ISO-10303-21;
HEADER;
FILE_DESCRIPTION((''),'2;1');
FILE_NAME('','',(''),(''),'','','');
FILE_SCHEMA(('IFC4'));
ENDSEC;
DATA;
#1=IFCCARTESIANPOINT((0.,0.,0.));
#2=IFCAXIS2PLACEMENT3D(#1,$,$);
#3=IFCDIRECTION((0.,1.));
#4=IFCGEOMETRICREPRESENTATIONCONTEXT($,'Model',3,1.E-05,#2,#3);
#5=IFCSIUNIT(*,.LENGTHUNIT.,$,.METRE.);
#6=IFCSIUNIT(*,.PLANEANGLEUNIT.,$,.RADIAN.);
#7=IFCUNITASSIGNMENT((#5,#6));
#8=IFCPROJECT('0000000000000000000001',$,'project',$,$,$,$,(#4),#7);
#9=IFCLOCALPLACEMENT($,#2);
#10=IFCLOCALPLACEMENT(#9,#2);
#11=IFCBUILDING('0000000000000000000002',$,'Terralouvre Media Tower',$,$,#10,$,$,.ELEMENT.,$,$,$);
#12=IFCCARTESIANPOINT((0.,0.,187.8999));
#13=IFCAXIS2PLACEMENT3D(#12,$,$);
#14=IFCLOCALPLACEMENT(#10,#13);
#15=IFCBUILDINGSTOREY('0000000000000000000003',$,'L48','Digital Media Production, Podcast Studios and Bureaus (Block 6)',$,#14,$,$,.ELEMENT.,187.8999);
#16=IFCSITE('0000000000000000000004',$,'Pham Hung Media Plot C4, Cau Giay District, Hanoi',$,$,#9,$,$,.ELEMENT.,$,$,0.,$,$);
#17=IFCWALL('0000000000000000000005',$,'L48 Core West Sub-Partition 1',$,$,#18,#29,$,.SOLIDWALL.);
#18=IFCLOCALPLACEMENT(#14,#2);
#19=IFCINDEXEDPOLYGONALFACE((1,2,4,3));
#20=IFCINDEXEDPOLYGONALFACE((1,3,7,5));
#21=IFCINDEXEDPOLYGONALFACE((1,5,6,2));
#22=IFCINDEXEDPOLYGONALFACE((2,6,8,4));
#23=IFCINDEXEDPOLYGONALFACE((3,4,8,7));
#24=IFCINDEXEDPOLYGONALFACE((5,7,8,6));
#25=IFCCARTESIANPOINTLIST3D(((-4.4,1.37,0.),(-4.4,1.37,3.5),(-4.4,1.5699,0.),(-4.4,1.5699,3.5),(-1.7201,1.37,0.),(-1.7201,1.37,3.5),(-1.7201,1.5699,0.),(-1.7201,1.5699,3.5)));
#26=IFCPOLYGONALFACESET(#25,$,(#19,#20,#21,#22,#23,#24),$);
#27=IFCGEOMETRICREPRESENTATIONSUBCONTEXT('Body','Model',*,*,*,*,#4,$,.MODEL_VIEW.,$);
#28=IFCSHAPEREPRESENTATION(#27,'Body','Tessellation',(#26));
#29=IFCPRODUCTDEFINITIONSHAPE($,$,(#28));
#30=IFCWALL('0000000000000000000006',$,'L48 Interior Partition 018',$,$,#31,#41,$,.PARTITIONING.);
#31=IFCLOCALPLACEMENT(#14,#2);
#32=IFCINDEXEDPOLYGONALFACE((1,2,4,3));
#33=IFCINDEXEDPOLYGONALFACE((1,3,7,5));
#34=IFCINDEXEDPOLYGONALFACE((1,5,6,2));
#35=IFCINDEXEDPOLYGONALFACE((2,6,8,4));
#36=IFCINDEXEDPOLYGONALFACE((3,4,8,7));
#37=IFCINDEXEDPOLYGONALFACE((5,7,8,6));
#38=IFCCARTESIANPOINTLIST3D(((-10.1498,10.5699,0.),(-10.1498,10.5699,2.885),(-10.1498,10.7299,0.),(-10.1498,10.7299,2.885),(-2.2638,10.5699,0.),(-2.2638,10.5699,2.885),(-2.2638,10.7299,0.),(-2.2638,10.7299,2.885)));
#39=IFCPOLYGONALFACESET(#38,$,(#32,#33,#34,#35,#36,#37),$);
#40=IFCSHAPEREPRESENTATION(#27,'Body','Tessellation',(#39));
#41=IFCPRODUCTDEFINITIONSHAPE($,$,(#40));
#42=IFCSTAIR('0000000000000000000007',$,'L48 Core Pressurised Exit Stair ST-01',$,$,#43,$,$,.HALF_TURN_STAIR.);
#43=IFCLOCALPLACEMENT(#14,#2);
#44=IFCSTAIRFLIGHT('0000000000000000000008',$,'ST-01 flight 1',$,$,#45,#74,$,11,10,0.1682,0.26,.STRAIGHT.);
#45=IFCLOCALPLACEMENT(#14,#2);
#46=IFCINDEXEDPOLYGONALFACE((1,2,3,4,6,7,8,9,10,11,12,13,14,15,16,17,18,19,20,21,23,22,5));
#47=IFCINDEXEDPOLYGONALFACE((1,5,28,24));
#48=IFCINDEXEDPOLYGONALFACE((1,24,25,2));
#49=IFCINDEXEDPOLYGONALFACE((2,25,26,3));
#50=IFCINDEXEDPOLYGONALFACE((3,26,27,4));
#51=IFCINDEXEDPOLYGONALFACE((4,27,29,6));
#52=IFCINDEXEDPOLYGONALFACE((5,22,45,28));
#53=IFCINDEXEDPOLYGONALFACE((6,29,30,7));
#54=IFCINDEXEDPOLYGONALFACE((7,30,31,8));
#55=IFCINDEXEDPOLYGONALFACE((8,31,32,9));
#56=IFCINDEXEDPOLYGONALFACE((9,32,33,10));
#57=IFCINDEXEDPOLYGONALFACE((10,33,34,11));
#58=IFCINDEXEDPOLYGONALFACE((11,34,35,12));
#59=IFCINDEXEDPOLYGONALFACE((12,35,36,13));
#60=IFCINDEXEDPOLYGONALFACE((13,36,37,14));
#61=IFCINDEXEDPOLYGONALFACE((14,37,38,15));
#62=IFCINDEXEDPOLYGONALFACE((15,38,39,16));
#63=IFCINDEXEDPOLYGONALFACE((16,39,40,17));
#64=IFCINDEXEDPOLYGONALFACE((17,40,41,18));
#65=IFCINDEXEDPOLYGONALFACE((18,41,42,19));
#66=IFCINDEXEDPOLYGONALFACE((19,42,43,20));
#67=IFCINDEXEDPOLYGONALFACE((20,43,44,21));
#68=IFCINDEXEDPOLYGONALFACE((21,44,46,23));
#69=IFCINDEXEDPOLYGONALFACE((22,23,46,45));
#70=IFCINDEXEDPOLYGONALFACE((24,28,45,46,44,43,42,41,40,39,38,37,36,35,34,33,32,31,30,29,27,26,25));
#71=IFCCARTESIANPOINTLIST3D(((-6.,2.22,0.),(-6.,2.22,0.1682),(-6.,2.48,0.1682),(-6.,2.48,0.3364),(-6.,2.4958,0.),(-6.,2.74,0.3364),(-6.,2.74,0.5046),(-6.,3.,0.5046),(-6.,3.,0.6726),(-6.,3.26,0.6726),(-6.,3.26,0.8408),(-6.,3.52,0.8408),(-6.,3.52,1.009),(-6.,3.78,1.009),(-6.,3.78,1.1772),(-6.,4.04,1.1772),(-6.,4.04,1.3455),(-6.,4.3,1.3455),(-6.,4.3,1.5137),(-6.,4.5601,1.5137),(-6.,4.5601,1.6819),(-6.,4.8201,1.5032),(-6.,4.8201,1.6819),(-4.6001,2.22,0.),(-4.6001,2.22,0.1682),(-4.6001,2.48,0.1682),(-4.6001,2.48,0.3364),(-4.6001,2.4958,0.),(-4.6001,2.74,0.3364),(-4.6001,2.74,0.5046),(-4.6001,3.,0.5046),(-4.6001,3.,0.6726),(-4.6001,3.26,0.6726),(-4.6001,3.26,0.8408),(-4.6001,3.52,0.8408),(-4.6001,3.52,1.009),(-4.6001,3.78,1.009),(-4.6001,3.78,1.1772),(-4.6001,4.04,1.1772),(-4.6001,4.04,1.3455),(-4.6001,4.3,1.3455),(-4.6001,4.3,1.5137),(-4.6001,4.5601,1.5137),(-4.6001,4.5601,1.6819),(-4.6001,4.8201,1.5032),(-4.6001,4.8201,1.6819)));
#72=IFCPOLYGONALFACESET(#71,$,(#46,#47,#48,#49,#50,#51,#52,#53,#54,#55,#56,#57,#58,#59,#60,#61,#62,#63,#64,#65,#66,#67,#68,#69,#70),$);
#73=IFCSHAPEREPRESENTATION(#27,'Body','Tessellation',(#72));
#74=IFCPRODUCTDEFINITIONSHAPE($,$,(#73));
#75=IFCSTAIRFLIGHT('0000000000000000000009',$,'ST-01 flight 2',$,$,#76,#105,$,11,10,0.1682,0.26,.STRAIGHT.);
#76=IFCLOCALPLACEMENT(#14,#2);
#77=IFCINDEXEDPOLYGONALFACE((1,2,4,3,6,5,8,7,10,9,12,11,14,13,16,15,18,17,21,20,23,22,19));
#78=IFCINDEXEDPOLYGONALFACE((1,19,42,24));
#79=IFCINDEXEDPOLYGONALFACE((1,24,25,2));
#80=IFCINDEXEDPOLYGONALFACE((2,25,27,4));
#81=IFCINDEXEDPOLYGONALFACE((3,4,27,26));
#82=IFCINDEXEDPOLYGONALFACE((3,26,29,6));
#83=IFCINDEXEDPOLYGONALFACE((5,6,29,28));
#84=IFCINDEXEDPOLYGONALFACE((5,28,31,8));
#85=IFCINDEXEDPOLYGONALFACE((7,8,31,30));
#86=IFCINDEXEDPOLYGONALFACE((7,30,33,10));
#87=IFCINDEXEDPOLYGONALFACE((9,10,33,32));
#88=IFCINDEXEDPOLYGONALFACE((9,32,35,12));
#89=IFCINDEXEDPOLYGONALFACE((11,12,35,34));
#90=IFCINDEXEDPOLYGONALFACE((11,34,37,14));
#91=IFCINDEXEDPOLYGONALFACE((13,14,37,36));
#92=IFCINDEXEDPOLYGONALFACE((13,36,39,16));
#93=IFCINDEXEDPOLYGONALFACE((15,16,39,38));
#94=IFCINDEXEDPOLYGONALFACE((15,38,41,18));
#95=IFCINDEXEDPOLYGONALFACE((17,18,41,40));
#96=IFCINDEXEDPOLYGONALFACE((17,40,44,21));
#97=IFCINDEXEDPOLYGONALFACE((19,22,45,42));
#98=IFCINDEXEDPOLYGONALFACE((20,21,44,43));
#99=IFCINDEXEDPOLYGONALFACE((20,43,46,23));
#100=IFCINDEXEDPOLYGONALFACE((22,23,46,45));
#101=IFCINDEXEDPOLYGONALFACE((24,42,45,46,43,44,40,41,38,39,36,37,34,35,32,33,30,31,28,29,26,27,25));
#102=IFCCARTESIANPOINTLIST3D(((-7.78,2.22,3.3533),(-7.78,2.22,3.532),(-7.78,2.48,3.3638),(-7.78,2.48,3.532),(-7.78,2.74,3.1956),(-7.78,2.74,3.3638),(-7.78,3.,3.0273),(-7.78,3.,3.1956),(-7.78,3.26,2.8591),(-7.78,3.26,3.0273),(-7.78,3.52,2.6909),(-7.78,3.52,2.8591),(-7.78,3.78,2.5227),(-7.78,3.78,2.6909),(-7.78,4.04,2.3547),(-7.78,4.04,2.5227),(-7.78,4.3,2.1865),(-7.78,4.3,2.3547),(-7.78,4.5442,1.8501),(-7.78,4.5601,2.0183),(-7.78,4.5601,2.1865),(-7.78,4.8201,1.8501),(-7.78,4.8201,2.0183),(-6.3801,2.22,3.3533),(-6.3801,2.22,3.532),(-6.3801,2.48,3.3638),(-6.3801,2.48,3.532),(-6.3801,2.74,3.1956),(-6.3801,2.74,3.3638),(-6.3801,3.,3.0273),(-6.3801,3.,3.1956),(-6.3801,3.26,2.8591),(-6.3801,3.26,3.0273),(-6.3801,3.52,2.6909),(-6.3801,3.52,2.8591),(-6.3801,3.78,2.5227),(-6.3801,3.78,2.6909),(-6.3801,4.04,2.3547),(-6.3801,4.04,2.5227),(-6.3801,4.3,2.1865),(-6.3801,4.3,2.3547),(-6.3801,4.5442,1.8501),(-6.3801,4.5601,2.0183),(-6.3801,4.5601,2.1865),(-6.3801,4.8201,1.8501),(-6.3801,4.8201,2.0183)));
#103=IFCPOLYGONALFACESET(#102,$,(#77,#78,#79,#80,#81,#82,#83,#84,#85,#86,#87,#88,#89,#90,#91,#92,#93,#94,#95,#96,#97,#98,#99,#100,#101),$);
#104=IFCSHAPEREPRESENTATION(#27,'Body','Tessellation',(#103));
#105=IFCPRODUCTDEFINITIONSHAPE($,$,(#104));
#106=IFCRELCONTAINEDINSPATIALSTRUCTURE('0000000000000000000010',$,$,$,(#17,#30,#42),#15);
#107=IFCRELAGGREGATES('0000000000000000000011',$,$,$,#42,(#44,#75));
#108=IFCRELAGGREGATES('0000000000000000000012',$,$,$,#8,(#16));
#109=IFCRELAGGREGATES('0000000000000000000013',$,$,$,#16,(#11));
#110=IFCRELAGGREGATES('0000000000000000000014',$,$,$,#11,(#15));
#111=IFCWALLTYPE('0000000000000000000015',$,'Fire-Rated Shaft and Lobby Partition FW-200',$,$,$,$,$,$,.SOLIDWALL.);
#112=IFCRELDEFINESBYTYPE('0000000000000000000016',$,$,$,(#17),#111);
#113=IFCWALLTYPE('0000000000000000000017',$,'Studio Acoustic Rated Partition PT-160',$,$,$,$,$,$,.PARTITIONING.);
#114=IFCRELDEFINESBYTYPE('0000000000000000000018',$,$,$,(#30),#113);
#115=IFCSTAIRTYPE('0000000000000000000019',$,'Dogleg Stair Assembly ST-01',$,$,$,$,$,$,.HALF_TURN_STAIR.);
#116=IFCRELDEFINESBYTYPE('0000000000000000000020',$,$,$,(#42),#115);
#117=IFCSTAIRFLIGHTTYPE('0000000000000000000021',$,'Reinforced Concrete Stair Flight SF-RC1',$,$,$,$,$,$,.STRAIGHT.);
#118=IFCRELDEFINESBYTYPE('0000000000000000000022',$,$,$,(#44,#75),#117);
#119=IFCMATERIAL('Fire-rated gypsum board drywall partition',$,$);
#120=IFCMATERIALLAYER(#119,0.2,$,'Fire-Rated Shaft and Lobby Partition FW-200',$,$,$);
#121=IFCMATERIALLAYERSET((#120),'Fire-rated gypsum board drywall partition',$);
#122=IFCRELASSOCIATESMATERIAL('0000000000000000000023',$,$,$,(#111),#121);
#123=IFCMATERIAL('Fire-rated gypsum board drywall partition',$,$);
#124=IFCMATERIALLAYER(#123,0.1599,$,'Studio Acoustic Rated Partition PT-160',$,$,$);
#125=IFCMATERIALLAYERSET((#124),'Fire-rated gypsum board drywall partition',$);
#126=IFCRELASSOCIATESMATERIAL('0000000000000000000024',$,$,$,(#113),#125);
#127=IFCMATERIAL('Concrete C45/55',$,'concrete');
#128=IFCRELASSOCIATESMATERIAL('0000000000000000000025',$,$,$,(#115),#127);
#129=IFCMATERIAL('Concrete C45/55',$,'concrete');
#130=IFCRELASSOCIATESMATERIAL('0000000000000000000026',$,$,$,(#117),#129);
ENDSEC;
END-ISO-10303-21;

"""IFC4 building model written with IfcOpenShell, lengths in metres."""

from ifc_helpers import new_model, si_unit, direction, frame, frame_2d, origin, place, context, subcontext, project, spatial, polyline, rectangle, outline, extrude, material, layer, layer_set, type_object, element, aggregate, save


model = new_model("IFC4")

# Units and contexts
model_context = context("Model", 3, precision=1e-05, world=origin(), true_north=direction((0.0, 1.0)))
body_context = subcontext(model_context, "Body", "Model", "MODEL_VIEW")
ifc_project = project(units=[si_unit("LENGTHUNIT", "METRE"), si_unit("PLANEANGLEUNIT", "RADIAN")], contexts=[model_context])

# Site, building, storey
site_placement = place(None, origin())
site = spatial("IfcSite", under=ifc_project, at=site_placement, Name="Pham Hung Media Plot C4, Cau Giay District, Hanoi", CompositionType="ELEMENT", RefElevation=0.0)
building_placement = place(site_placement, origin())
building = spatial("IfcBuilding", under=site, at=building_placement, Name="Terralouvre Media Tower", CompositionType="ELEMENT")
storey_placement = place(building_placement, frame((0.0, 0.0, 187.8999)))
storey = spatial("IfcBuildingStorey", under=building, at=storey_placement, Name="L48", Description="Digital Media Production, Podcast Studios and Bureaus (Block 6)", CompositionType="ELEMENT", Elevation=187.8999)

# Walls
ifc_material_1 = material(Name="Fire-rated gypsum board drywall partition")
ifc_layer_1 = layer(ifc_material_1, 0.2, Name="Fire-Rated Shaft and Lobby Partition FW-200")
ifc_layer_set_1 = layer_set([ifc_layer_1], Name="Fire-rated gypsum board drywall partition")
wall_type_1 = type_object("IfcWallType", Name="Fire-Rated Shaft and Lobby Partition FW-200", PredefinedType="SOLIDWALL", material=ifc_layer_set_1)
wall_1_placement = place(storey_placement, frame((-4.3999, 1.47, 0.0), z_axis=(0.0, 0.0, 1.0), x_axis=(1.0, 0.0, 0.0)))
element("IfcWall", 1, at=wall_1_placement, inside=storey, type_object=wall_type_1, Name="L48 Core West Sub-Partition 1", PredefinedType="SOLIDWALL", context=body_context, shape_type="SweptSolid", body=[
    extrude(rectangle(XDim=2.6799, YDim=0.2, at=frame_2d((1.3398, 0.0))), origin(), (0.0, 0.0, 1.0), 3.5),
])
ifc_material_2 = material(Name="Fire-rated gypsum board drywall partition")
ifc_layer_2 = layer(ifc_material_2, 0.1599, Name="Studio Acoustic Rated Partition PT-160")
ifc_layer_set_2 = layer_set([ifc_layer_2], Name="Fire-rated gypsum board drywall partition")
wall_type_2 = type_object("IfcWallType", Name="Studio Acoustic Rated Partition PT-160", PredefinedType="PARTITIONING", material=ifc_layer_set_2)
wall_2_placement = place(storey_placement, frame((-2.2639, 10.6499, 0.0), z_axis=(0.0, 0.0, 1.0), x_axis=(-1.0, 0.0, 0.0)))
element("IfcWall", 2, at=wall_2_placement, inside=storey, type_object=wall_type_2, Name="L48 Interior Partition 018", PredefinedType="PARTITIONING", context=body_context, shape_type="SweptSolid", body=[
    extrude(rectangle(XDim=7.886, YDim=0.1599, at=frame_2d((3.9429, 0.0))), origin(), (0.0, 0.0, 1.0), 2.885),
])

# Stair, stair flights
ifc_material_3 = material(Name="Concrete C45/55", Category="concrete")
stair_type = type_object("IfcStairType", Name="Dogleg Stair Assembly ST-01", PredefinedType="HALF_TURN_STAIR", material=ifc_material_3)
stair_placement = place(storey_placement, origin())
stair = element("IfcStair", 3, at=stair_placement, inside=storey, type_object=stair_type, Name="L48 Core Pressurised Exit Stair ST-01", PredefinedType="HALF_TURN_STAIR")
ifc_material_4 = material(Name="Concrete C45/55", Category="concrete")
stair_flight_type = type_object("IfcStairFlightType", Name="Reinforced Concrete Stair Flight SF-RC1", PredefinedType="STRAIGHT", material=ifc_material_4)
stair_flight_1_placement = place(storey_placement, frame((-5.3, 2.22, 0.0), z_axis=(0.0, 0.0, 1.0), x_axis=(0.0, 1.0, 0.0)))
stair_flight_1 = element("IfcStairFlight", 4, at=stair_flight_1_placement, type_object=stair_flight_type, Name="ST-01 flight 1", NumberOfRisers=11, NumberOfTreads=10, PredefinedType="STRAIGHT", RiserHeight=0.1682, TreadLength=0.26, context=body_context, shape_type="SweptSolid", body=[
    extrude(outline(polyline([(0.0, 0.0), (0.0, 0.1682), (0.26, 0.1682), (0.26, 0.3364), (0.52, 0.3364), (0.52, 0.5046), (0.78, 0.5046), (0.78, 0.6726), (1.04, 0.6726), (1.04, 0.8408), (1.3, 0.8408), (1.3, 1.009), (1.5601, 1.009), (1.5601, 1.1772), (1.8201, 1.1772), (1.8201, 1.3455), (2.0801, 1.3455), (2.0801, 1.5137), (2.3401, 1.5137), (2.3401, 1.6819), (2.6001, 1.6819), (2.6001, 1.8501), (2.6001, 1.5032), (0.2759, 0.0), (0.0, 0.0)])), frame((0.0, 0.7, 0.0), z_axis=(0.0, -1.0, 0.0), x_axis=(1.0, 0.0, 0.0)), (0.0, 0.0, 1.0), 1.3999),
])
stair_flight_2_placement = place(storey_placement, frame((-7.0801, 4.8201, 1.8501), z_axis=(0.0, 0.0, 1.0), x_axis=(0.0, -1.0, 0.0)))
stair_flight_2 = element("IfcStairFlight", 5, at=stair_flight_2_placement, type_object=stair_flight_type, Name="ST-01 flight 2", NumberOfRisers=11, NumberOfTreads=10, PredefinedType="STRAIGHT", RiserHeight=0.1682, TreadLength=0.26, context=body_context, shape_type="SweptSolid", body=[
    extrude(outline(polyline([(0.0, 0.0), (0.0, 0.1682), (0.26, 0.1682), (0.26, 0.3364), (0.52, 0.3364), (0.52, 0.5046), (0.78, 0.5046), (0.78, 0.6726), (1.04, 0.6726), (1.04, 0.8408), (1.3, 0.8408), (1.3, 1.009), (1.5601, 1.009), (1.5601, 1.1772), (1.8201, 1.1772), (1.8201, 1.3455), (2.0801, 1.3455), (2.0801, 1.5137), (2.3401, 1.5137), (2.3401, 1.6819), (2.6001, 1.6819), (2.6001, 1.8501), (2.6001, 1.5032), (0.2759, 0.0), (0.0, 0.0)])), frame((0.0, 0.7, 0.0), z_axis=(0.0, -1.0, 0.0), x_axis=(1.0, 0.0, 0.0)), (0.0, 0.0, 1.0), 1.3999),
])
aggregate(stair, [stair_flight_1, stair_flight_2])

save(model, "model.ifc")
